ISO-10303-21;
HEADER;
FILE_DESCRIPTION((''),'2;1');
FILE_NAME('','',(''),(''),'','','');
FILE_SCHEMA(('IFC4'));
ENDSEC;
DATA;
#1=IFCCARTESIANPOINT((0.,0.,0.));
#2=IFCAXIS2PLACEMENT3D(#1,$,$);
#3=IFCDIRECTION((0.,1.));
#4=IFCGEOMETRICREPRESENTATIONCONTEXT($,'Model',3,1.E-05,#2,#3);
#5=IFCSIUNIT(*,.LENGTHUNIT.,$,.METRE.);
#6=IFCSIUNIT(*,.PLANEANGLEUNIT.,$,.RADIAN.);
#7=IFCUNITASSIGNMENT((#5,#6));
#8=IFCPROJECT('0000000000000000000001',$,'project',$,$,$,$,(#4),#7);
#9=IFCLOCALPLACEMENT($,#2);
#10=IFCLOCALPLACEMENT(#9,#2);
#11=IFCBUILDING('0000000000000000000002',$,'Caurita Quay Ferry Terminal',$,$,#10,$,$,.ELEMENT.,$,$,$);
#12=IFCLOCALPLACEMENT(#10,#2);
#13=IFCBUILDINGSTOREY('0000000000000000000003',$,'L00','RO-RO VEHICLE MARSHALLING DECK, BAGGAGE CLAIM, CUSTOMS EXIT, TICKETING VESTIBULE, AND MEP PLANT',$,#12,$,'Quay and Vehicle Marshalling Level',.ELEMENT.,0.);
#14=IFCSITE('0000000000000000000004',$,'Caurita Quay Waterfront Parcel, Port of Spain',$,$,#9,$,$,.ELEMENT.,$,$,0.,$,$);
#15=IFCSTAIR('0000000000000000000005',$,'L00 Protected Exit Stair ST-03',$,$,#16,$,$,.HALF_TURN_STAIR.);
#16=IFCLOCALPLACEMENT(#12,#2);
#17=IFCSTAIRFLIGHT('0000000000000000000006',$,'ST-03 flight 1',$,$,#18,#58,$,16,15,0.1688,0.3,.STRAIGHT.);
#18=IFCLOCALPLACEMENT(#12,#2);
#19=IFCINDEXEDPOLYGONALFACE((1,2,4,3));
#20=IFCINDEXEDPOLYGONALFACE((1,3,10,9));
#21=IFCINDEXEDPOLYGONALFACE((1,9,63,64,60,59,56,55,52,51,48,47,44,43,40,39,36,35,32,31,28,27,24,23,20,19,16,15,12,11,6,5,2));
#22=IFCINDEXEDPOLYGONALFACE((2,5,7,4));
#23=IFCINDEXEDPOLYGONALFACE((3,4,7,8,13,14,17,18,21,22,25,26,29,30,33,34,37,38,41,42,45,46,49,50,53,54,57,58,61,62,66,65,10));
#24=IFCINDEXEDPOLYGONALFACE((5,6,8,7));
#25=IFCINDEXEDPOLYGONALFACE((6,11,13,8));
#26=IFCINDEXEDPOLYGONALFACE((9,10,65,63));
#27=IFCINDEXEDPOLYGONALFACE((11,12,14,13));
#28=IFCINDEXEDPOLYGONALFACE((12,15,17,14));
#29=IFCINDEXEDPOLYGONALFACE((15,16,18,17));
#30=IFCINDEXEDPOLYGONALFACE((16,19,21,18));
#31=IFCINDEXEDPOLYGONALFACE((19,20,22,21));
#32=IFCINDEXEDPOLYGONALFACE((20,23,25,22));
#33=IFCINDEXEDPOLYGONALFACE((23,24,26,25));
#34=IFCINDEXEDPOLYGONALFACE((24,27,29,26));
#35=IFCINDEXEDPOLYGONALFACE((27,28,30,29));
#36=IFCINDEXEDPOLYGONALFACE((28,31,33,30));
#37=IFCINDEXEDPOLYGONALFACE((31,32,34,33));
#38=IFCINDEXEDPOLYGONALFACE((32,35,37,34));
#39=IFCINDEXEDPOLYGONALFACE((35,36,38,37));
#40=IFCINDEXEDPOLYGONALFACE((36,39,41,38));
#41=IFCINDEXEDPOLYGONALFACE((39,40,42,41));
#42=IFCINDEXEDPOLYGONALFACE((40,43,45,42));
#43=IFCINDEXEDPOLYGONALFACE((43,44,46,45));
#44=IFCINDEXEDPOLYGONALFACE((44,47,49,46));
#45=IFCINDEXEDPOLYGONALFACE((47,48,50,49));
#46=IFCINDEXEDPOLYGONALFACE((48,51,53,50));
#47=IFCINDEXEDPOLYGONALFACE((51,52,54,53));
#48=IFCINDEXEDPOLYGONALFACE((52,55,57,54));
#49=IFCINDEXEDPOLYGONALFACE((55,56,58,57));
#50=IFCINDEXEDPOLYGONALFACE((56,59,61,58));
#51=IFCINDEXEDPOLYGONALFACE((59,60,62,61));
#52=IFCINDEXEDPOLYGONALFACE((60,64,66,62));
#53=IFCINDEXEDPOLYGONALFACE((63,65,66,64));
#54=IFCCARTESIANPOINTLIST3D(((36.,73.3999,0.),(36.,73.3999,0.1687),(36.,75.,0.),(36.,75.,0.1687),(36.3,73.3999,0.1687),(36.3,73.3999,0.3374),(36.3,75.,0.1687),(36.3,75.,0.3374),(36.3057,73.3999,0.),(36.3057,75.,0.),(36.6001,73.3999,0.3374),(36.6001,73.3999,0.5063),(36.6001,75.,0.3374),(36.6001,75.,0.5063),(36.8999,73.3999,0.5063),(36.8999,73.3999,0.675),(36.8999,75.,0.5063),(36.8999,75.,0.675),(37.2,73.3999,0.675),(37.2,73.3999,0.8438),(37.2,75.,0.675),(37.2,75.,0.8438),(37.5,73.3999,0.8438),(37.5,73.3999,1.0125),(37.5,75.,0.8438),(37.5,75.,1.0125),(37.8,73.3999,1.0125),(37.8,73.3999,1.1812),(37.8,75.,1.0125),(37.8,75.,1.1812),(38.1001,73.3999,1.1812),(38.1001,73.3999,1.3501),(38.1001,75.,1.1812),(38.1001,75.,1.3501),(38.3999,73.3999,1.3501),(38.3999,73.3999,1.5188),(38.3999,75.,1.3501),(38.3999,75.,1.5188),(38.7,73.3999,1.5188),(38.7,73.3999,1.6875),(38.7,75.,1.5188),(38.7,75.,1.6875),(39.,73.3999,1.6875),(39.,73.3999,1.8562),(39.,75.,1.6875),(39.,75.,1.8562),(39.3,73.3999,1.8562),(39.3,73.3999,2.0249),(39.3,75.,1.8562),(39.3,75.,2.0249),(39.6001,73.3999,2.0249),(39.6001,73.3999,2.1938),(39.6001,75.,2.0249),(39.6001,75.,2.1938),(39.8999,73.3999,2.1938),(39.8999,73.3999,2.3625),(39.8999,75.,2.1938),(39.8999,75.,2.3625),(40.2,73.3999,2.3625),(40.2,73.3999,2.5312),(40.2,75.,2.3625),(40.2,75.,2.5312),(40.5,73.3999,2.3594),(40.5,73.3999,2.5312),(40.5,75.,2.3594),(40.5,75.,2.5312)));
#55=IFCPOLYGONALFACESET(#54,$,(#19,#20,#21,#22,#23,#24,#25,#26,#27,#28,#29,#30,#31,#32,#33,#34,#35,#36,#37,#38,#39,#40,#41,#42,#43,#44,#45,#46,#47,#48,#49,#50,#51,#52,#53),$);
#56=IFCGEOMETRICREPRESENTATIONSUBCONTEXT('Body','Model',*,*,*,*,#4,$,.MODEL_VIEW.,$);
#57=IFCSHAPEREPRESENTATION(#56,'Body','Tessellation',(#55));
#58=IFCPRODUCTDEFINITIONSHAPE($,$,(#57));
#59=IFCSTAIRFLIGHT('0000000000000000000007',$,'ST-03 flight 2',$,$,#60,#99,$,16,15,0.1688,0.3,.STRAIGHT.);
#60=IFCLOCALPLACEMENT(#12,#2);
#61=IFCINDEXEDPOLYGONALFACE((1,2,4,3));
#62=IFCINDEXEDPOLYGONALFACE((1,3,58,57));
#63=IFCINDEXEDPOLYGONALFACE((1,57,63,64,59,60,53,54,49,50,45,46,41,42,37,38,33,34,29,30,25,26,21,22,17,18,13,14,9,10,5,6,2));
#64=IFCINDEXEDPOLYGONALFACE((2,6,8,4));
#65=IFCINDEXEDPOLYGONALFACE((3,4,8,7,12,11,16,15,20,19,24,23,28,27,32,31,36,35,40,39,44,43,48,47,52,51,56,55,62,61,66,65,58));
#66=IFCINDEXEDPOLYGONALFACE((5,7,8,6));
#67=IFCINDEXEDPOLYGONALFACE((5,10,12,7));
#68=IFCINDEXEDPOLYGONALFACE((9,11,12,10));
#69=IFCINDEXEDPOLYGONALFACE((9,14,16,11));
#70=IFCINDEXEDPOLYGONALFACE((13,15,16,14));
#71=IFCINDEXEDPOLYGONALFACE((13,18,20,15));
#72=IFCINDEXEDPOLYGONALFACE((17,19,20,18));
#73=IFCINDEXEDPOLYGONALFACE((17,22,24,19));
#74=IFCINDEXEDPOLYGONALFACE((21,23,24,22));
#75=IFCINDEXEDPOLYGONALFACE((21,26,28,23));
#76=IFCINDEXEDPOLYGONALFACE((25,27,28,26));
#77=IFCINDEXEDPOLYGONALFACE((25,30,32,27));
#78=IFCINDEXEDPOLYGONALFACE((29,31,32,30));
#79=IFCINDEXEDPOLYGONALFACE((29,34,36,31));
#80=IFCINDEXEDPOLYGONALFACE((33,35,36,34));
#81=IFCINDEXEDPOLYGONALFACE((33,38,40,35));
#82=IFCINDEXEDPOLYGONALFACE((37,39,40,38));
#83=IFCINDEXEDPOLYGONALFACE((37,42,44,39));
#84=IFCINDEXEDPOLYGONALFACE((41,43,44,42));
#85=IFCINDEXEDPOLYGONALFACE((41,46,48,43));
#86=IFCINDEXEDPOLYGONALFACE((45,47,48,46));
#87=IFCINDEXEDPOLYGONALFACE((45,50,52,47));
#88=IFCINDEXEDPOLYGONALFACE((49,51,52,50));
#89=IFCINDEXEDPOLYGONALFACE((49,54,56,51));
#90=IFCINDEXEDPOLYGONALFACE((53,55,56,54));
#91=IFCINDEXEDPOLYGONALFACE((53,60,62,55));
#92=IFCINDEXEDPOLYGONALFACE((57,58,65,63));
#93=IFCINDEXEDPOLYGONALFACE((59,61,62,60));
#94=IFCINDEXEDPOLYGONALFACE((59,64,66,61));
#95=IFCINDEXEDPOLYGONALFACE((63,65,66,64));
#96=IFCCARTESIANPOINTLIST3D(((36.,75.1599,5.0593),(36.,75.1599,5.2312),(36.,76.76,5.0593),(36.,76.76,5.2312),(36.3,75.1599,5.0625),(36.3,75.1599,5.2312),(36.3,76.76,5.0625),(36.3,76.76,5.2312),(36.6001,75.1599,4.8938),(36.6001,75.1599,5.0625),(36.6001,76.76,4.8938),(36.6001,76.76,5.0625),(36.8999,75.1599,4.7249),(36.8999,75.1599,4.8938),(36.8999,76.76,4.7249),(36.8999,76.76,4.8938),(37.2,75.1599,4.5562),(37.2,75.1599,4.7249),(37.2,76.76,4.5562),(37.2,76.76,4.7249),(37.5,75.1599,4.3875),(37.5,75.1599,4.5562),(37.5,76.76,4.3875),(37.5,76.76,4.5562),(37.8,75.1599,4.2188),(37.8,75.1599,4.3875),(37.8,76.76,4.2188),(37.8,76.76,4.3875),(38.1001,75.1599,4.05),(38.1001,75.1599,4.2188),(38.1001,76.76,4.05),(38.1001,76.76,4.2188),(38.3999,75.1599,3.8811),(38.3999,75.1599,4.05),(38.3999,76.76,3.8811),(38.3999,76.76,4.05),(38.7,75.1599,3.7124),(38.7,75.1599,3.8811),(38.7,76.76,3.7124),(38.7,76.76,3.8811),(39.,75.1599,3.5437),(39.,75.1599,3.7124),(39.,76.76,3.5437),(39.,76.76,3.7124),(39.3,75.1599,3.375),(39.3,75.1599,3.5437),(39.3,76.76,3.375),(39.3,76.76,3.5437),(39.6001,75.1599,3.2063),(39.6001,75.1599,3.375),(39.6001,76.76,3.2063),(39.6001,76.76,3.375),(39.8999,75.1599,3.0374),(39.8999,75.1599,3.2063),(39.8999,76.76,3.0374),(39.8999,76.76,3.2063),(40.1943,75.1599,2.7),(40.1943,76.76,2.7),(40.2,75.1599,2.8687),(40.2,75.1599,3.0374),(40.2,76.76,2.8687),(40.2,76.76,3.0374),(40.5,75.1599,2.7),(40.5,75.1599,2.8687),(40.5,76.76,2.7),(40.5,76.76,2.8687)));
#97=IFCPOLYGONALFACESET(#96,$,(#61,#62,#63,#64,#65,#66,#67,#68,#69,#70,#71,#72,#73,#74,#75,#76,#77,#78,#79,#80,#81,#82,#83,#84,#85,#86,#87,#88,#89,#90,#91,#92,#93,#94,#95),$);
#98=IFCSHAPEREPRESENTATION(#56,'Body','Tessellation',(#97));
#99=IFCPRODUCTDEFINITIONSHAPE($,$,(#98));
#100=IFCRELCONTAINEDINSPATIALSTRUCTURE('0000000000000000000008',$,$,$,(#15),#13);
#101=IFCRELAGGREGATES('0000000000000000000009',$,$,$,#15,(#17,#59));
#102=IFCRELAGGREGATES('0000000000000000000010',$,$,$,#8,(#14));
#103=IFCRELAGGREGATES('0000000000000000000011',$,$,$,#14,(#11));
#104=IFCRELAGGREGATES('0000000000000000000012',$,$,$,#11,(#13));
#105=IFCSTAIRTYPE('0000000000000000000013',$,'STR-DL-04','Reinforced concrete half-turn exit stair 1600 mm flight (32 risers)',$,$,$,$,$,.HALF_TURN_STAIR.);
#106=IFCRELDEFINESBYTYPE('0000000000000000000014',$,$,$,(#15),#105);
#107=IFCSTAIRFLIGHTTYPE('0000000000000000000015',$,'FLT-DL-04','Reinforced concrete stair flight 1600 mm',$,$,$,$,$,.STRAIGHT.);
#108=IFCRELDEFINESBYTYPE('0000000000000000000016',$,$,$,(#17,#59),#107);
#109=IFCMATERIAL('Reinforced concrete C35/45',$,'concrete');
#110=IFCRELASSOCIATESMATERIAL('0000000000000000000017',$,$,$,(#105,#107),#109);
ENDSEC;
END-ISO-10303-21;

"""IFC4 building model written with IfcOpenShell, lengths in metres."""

from ifc_helpers import new_model, si_unit, direction, frame, origin, place, context, subcontext, project, spatial, polyline, outline, extrude, material, type_object, element, aggregate, save


model = new_model("IFC4")

# Units and contexts
model_context = context("Model", 3, precision=1e-05, world=origin(), true_north=direction((0.0, 1.0)))
body_context = subcontext(model_context, "Body", "Model", "MODEL_VIEW")
ifc_project = project(units=[si_unit("LENGTHUNIT", "METRE"), si_unit("PLANEANGLEUNIT", "RADIAN")], contexts=[model_context])

# Site, building, storey
site_placement = place(None, origin())
site = spatial("IfcSite", under=ifc_project, at=site_placement, Name="Caurita Quay Waterfront Parcel, Port of Spain", CompositionType="ELEMENT", RefElevation=0.0)
building_placement = place(site_placement, origin())
building = spatial("IfcBuilding", under=site, at=building_placement, Name="Caurita Quay Ferry Terminal", CompositionType="ELEMENT")
storey_placement = place(building_placement, origin())
storey = spatial("IfcBuildingStorey", under=building, at=storey_placement, Name="L00", Description="RO-RO VEHICLE MARSHALLING DECK, BAGGAGE CLAIM, CUSTOMS EXIT, TICKETING VESTIBULE, AND MEP PLANT", LongName="Quay and Vehicle Marshalling Level", CompositionType="ELEMENT", Elevation=0.0)

# Shared definitions
ifc_material_1 = material(Name="Reinforced concrete C35/45", Category="concrete")

# Stair, stair flights
stair_type = type_object("IfcStairType", Name="STR-DL-04", Description="Reinforced concrete half-turn exit stair 1600 mm flight (32 risers)", PredefinedType="HALF_TURN_STAIR", material=ifc_material_1)
stair_placement = place(storey_placement, origin())
stair = element("IfcStair", 1, at=stair_placement, inside=storey, type_object=stair_type, Name="L00 Protected Exit Stair ST-03", PredefinedType="HALF_TURN_STAIR")
stair_flight_type = type_object("IfcStairFlightType", Name="FLT-DL-04", Description="Reinforced concrete stair flight 1600 mm", PredefinedType="STRAIGHT", material=ifc_material_1)
stair_flight_1_placement = place(storey_placement, frame((36.0, 74.2, 0.0), z_axis=(0.0, 0.0, 1.0), x_axis=(1.0, 0.0, 0.0)))
stair_flight_1 = element("IfcStairFlight", 2, at=stair_flight_1_placement, type_object=stair_flight_type, Name="ST-03 flight 1", NumberOfRisers=16, NumberOfTreads=15, PredefinedType="STRAIGHT", RiserHeight=0.1688, TreadLength=0.3, context=body_context, shape_type="SweptSolid", body=[
    extrude(outline(polyline([(0.0, 0.0), (0.0, 0.1687), (0.3, 0.1687), (0.3, 0.3374), (0.6001, 0.3374), (0.6001, 0.5063), (0.8999, 0.5063), (0.8999, 0.675), (1.2, 0.675), (1.2, 0.8438), (1.5, 0.8438), (1.5, 1.0125), (1.8, 1.0125), (1.8, 1.1812), (2.1001, 1.1812), (2.1001, 1.3501), (2.3999, 1.3501), (2.3999, 1.5188), (2.7, 1.5188), (2.7, 1.6875), (3.0, 1.6875), (3.0, 1.8562), (3.3, 1.8562), (3.3, 2.0249), (3.6001, 2.0249), (3.6001, 2.1938), (3.8999, 2.1938), (3.8999, 2.3625), (4.2, 2.3625), (4.2, 2.5312), (4.5, 2.5312), (4.5, 2.7), (4.5, 2.3594), (0.3057, 0.0), (0.0, 0.0)])), frame((0.0, 0.8, 0.0), z_axis=(0.0, -1.0, 0.0), x_axis=(1.0, 0.0, 0.0)), (0.0, 0.0, 1.0), 1.6001),
])
stair_flight_2_placement = place(storey_placement, frame((40.5, 75.96, 2.7), z_axis=(0.0, 0.0, 1.0), x_axis=(-1.0, 0.0, 0.0)))
stair_flight_2 = element("IfcStairFlight", 3, at=stair_flight_2_placement, type_object=stair_flight_type, Name="ST-03 flight 2", NumberOfRisers=16, NumberOfTreads=15, PredefinedType="STRAIGHT", RiserHeight=0.1688, TreadLength=0.3, context=body_context, shape_type="SweptSolid", body=[
    extrude(outline(polyline([(0.0, 0.0), (0.0, 0.1687), (0.3, 0.1687), (0.3, 0.3374), (0.6001, 0.3374), (0.6001, 0.5063), (0.8999, 0.5063), (0.8999, 0.675), (1.2, 0.675), (1.2, 0.8438), (1.5, 0.8438), (1.5, 1.0125), (1.8, 1.0125), (1.8, 1.1812), (2.1001, 1.1812), (2.1001, 1.3501), (2.3999, 1.3501), (2.3999, 1.5188), (2.7, 1.5188), (2.7, 1.6875), (3.0, 1.6875), (3.0, 1.8562), (3.3, 1.8562), (3.3, 2.0249), (3.6001, 2.0249), (3.6001, 2.1938), (3.8999, 2.1938), (3.8999, 2.3625), (4.2, 2.3625), (4.2, 2.5312), (4.5, 2.5312), (4.5, 2.7), (4.5, 2.3594), (0.3057, 0.0), (0.0, 0.0)])), frame((0.0, 0.8, 0.0), z_axis=(0.0, -1.0, 0.0), x_axis=(1.0, 0.0, 0.0)), (0.0, 0.0, 1.0), 1.6001),
])
aggregate(stair, [stair_flight_1, stair_flight_2])

save(model, "model.ifc")
